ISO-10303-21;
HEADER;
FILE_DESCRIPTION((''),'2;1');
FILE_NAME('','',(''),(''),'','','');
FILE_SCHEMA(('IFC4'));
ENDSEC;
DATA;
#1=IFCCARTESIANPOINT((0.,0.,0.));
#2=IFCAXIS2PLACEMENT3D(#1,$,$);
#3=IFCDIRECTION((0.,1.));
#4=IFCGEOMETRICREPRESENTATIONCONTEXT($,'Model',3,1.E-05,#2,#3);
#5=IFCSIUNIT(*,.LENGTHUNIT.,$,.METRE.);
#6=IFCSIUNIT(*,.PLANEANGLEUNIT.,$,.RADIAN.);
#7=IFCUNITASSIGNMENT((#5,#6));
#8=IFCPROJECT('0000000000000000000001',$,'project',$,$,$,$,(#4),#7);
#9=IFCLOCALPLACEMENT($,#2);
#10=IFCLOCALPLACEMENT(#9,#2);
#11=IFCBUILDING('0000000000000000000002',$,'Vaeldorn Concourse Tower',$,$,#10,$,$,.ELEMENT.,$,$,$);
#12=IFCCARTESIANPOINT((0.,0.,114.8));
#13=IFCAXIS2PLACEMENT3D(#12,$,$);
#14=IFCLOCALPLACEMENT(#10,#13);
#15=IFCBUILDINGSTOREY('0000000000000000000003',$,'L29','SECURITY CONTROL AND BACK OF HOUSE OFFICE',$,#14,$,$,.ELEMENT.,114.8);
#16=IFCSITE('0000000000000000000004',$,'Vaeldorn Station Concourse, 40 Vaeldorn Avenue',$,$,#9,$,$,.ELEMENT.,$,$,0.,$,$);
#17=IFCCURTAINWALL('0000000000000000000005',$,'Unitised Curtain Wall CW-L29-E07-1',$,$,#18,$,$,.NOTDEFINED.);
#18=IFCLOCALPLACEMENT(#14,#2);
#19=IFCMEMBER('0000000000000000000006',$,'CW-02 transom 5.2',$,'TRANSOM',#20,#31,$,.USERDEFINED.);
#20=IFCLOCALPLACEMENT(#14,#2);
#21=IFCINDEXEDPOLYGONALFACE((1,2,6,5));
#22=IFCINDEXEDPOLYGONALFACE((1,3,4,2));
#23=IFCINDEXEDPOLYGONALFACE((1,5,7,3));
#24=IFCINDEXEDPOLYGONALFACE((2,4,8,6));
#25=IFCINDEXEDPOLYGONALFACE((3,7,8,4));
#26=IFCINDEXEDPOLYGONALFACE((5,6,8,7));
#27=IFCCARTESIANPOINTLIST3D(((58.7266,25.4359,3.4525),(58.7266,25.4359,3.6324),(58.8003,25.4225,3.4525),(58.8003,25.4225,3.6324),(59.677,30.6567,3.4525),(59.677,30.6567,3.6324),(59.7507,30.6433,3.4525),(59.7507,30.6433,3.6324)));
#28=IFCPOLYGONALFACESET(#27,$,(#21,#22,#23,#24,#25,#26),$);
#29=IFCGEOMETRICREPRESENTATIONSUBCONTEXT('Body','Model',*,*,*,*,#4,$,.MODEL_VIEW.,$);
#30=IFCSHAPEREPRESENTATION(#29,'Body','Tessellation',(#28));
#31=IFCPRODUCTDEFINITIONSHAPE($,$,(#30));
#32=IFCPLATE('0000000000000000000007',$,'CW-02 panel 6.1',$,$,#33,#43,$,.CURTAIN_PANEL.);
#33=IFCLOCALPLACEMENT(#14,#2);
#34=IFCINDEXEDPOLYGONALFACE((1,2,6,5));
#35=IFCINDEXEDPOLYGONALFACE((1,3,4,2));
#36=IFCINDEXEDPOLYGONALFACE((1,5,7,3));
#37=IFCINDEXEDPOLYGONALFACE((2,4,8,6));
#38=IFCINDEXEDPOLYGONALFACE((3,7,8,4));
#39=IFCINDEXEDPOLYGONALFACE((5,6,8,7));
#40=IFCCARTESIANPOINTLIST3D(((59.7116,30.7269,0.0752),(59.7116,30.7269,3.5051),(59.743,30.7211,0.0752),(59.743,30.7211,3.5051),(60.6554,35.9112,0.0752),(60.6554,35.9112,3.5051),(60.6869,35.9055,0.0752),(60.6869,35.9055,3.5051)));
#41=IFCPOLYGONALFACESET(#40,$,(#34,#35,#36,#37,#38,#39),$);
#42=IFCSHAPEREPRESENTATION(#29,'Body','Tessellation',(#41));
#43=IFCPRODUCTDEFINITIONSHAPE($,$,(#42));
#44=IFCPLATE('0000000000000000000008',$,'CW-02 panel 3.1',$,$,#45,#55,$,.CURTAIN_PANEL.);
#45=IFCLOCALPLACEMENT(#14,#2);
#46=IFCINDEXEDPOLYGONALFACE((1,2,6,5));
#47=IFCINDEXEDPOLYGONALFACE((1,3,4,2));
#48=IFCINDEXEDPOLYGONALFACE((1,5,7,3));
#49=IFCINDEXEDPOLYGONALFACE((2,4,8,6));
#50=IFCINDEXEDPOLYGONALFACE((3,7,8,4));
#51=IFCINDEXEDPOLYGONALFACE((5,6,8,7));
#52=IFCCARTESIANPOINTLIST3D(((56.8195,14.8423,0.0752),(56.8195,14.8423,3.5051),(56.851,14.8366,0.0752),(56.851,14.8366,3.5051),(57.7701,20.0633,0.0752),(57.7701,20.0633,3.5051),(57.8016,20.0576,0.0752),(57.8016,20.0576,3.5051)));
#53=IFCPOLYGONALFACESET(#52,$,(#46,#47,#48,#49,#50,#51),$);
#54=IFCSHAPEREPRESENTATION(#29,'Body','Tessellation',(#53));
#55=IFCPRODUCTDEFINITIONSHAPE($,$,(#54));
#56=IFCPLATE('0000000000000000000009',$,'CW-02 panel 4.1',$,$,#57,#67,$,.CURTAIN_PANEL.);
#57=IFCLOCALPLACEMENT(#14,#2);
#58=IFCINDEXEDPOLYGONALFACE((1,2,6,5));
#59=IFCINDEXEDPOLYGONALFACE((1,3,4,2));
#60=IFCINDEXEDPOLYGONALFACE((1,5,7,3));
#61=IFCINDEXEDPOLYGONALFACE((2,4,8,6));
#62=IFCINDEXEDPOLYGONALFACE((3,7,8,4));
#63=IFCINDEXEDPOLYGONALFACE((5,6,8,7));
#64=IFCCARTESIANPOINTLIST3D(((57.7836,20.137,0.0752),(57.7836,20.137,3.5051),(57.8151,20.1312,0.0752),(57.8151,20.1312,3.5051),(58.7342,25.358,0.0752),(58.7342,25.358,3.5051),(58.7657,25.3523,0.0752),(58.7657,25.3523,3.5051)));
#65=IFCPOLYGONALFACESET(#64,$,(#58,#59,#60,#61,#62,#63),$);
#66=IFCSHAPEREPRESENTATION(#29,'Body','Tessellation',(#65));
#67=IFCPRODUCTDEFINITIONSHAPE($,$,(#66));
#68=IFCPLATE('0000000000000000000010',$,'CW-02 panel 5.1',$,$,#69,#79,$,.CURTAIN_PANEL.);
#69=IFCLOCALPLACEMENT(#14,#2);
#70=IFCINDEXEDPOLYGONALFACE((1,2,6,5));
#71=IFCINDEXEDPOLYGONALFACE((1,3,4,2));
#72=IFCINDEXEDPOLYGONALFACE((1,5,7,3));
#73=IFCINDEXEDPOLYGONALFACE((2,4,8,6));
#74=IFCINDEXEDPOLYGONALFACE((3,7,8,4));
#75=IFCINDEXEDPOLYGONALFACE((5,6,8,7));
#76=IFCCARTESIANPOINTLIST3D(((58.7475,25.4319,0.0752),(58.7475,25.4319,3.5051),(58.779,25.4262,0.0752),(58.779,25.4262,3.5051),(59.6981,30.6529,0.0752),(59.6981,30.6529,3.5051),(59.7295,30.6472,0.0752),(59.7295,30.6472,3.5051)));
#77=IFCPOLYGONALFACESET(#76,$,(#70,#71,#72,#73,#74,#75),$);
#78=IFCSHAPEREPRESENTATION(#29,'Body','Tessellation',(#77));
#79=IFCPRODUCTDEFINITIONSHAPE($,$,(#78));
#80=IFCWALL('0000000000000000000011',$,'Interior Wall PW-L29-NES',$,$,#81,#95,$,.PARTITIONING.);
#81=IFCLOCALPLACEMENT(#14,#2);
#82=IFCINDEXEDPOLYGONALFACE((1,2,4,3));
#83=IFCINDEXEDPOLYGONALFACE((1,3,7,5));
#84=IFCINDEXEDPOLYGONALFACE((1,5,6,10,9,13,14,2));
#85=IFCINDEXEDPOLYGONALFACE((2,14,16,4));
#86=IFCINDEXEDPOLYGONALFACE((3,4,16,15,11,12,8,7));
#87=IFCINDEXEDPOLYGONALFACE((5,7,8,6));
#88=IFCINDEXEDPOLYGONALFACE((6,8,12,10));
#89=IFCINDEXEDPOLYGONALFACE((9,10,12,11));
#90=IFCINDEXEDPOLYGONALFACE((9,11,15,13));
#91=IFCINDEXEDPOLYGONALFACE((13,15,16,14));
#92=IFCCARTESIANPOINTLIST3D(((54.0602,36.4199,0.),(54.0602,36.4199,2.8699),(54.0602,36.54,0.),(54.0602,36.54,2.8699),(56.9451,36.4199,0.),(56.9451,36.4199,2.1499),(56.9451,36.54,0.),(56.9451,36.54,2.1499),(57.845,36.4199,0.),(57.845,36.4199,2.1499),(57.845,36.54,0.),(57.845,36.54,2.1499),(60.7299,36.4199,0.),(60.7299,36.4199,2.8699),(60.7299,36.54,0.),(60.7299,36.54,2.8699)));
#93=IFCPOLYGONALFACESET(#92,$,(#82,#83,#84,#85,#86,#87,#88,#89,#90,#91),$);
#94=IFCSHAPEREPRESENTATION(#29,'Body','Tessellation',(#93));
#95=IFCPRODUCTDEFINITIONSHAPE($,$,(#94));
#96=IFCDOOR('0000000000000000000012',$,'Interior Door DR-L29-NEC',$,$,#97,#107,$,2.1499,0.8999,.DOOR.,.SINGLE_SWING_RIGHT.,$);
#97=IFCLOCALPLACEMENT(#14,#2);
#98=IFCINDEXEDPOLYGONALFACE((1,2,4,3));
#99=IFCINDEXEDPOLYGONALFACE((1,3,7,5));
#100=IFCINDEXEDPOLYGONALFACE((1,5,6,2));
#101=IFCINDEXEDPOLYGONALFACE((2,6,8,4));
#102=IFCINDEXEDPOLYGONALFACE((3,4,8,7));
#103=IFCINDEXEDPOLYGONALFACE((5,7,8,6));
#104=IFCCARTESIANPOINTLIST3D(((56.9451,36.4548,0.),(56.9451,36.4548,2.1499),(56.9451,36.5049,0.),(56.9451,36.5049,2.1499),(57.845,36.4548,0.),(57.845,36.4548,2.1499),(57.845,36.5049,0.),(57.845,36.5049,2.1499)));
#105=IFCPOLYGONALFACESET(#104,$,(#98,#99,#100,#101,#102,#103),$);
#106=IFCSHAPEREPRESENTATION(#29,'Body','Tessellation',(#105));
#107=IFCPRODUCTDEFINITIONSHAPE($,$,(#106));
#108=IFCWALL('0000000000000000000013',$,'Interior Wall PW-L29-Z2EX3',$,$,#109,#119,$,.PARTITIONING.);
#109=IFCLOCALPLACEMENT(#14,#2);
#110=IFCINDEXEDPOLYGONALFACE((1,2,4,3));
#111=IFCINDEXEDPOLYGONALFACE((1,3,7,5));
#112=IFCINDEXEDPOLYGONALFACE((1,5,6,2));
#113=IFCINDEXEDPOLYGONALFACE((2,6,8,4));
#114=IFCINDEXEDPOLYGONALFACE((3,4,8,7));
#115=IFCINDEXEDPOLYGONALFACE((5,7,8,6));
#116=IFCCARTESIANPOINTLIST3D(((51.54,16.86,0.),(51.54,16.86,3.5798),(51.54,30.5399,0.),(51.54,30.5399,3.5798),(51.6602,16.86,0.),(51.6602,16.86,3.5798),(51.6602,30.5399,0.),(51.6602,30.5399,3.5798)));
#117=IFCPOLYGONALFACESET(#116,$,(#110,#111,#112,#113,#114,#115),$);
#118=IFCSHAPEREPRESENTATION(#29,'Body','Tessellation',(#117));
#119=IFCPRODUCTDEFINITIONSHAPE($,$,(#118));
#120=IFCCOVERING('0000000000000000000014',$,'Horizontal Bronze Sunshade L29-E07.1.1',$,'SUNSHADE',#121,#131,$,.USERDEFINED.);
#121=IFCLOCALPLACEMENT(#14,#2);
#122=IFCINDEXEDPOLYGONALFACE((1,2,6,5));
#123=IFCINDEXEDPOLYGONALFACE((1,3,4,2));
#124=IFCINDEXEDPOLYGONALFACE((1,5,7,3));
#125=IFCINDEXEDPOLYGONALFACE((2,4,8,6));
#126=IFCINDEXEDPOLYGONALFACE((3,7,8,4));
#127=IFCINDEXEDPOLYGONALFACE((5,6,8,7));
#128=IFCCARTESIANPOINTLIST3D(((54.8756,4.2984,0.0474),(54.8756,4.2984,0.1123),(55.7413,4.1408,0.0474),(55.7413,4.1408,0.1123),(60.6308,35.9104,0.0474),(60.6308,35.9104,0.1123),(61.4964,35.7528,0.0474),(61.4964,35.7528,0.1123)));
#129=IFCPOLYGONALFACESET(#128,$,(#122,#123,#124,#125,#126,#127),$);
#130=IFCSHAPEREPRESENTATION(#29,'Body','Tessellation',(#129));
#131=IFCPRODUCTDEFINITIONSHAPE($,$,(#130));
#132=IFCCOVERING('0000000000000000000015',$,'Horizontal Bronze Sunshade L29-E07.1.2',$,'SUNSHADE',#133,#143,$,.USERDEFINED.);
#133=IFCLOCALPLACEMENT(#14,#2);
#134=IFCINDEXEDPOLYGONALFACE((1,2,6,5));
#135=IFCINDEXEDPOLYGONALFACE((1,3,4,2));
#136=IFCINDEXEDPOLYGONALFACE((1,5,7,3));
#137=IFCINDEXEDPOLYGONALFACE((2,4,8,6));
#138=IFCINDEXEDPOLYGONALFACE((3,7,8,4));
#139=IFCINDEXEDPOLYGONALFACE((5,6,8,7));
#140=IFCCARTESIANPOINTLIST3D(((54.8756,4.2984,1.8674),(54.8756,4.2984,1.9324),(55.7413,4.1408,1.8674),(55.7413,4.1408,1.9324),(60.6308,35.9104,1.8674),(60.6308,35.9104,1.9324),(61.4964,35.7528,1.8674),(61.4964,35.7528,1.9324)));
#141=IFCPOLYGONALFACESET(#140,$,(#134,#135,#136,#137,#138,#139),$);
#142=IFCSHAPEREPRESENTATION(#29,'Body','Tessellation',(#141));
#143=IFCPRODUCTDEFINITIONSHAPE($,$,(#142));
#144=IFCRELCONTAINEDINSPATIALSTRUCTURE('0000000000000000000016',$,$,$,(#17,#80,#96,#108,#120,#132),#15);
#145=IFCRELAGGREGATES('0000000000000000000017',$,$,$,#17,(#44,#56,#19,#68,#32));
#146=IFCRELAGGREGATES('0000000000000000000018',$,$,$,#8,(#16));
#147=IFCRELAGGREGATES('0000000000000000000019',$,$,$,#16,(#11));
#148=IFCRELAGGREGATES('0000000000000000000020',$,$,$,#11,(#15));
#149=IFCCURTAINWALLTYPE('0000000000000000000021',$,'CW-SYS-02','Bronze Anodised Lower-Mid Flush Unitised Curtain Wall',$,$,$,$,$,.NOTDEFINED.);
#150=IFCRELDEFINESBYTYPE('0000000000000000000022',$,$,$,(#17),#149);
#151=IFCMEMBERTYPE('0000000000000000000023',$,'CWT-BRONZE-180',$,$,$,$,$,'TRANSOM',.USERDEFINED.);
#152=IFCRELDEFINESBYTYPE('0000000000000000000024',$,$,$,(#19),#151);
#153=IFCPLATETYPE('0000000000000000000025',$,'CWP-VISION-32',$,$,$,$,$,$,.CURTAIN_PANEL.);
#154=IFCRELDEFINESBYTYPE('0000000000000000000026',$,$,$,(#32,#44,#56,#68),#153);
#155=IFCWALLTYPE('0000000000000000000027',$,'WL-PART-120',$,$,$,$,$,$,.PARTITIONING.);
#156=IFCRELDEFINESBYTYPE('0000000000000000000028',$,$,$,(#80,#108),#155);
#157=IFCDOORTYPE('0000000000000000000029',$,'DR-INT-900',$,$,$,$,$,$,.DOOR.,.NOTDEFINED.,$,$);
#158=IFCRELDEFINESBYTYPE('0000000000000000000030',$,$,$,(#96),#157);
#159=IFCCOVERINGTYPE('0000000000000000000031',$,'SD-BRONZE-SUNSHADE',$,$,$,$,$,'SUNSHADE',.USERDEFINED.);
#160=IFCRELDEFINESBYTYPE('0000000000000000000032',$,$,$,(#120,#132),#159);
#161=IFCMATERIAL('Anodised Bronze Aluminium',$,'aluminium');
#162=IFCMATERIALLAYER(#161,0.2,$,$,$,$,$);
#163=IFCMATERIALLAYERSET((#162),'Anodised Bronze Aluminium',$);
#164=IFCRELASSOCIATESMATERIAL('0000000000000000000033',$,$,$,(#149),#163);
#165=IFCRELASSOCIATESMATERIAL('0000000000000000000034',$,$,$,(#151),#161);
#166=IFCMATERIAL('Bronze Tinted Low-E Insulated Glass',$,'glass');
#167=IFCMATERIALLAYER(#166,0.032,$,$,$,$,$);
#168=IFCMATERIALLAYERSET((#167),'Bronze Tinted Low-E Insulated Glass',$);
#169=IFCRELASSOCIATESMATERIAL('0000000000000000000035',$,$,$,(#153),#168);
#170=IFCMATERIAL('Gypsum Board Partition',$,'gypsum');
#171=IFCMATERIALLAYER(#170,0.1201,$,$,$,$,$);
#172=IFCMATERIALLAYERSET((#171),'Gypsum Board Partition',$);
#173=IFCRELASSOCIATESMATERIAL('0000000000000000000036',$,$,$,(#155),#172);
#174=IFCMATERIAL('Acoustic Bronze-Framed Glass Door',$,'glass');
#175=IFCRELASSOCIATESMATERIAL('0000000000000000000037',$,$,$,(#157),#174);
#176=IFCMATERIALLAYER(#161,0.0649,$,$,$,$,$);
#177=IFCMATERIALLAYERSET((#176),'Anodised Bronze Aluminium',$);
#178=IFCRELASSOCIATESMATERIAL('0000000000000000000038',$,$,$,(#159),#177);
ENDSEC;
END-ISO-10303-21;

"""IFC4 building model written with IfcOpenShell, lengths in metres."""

from ifc_helpers import new_model, si_unit, direction, frame, frame_2d, origin, origin_2d, place, context, subcontext, project, spatial, rectangle, extrude, source, transform, mapped, material, layer, layer_set, material_profile, profile_set, type_object, element, fill, aggregate, save


model = new_model("IFC4")

# Units and contexts
model_context = context("Model", 3, precision=1e-05, world=origin(), true_north=direction((0.0, 1.0)))
body_context = subcontext(model_context, "Body", "Model", "MODEL_VIEW")
ifc_project = project(units=[si_unit("LENGTHUNIT", "METRE"), si_unit("PLANEANGLEUNIT", "RADIAN")], contexts=[model_context])

# Site, building, storey
site_placement = place(None, origin())
site = spatial("IfcSite", under=ifc_project, at=site_placement, Name="Vaeldorn Station Concourse, 40 Vaeldorn Avenue", CompositionType="ELEMENT", RefElevation=0.0)
building_placement = place(site_placement, origin())
building = spatial("IfcBuilding", under=site, at=building_placement, Name="Vaeldorn Concourse Tower", CompositionType="ELEMENT")
storey_placement = place(building_placement, frame((0.0, 0.0, 114.8)))
storey = spatial("IfcBuildingStorey", under=building, at=storey_placement, Name="L29", Description="SECURITY CONTROL AND BACK OF HOUSE OFFICE", CompositionType="ELEMENT", Elevation=114.8)

# Curtain wall, member, plates
ifc_material_1 = material(Name="Anodised Bronze Aluminium", Category="aluminium")
ifc_layer_1 = layer(ifc_material_1, 0.2)
ifc_layer_set_1 = layer_set([ifc_layer_1], Name="Anodised Bronze Aluminium")
curtain_wall_type = type_object("IfcCurtainWallType", Name="CW-SYS-02", Description="Bronze Anodised Lower-Mid Flush Unitised Curtain Wall", PredefinedType="NOTDEFINED", material=ifc_layer_set_1)
curtain_wall_placement = place(storey_placement, origin())
curtain_wall = element("IfcCurtainWall", 1, at=curtain_wall_placement, inside=storey, type_object=curtain_wall_type, Name="Unitised Curtain Wall CW-L29-E07-1", PredefinedType="NOTDEFINED")
ifc_material_profile_1 = material_profile(ifc_material_1, rectangle(XDim=0.075, YDim=0.1799, at=origin_2d()), Name="CWT 75x180")
ifc_profile_set_1 = profile_set([ifc_material_profile_1], Name="Anodised Bronze Aluminium")
member_type_1 = type_object("IfcMemberType", Name="CWT-BRONZE-180", ElementType="TRANSOM", PredefinedType="USERDEFINED", material=ifc_profile_set_1)
shared_shape_1 = source(origin(), body_context, "Body", "SweptSolid", [
    extrude(rectangle(XDim=0.075, YDim=0.1799, at=origin_2d()), origin(), (0.0, 0.0, 1.0), 5.3066),
])
member_1_placement = place(storey_placement, frame((58.7634, 25.4292, 3.5425), z_axis=(0.1791, 0.983831, 0.0), x_axis=(-0.983831, 0.1791, 0.0)))
member_1 = element("IfcMember", 2, at=member_1_placement, type_object=member_type_1, Name="CW-02 transom 5.2", ObjectType="TRANSOM", PredefinedType="USERDEFINED", context=body_context, shape_type="MappedRepresentation", body=[
    mapped(shared_shape_1, transform((0.0, 0.0, 0.0), scale=1.0)),
])
ifc_material_2 = material(Name="Bronze Tinted Low-E Insulated Glass", Category="glass")
ifc_layer_2 = layer(ifc_material_2, 0.032)
ifc_layer_set_2 = layer_set([ifc_layer_2], Name="Bronze Tinted Low-E Insulated Glass")
plate_type = type_object("IfcPlateType", Name="CWP-VISION-32", PredefinedType="CURTAIN_PANEL", material=ifc_layer_set_2)
shared_shape_2 = source(origin(), body_context, "Body", "SweptSolid", [
    extrude(rectangle(XDim=5.2695, YDim=0.032, at=origin_2d()), origin(), (0.0, 0.0, 1.0), 3.4299),
])
plate_1_placement = place(storey_placement, frame((60.1992, 33.3162, 0.0752), z_axis=(0.0, 0.0, 1.0), x_axis=(0.179118, 0.983828, 0.0)))
plate_1 = element("IfcPlate", 3, at=plate_1_placement, type_object=plate_type, Name="CW-02 panel 6.1", PredefinedType="CURTAIN_PANEL", context=body_context, shape_type="MappedRepresentation", body=[
    mapped(shared_shape_2, transform((0.0, 0.0, 0.0), scale=1.0)),
])
shared_shape_3 = source(origin(), body_context, "Body", "SweptSolid", [
    extrude(rectangle(XDim=5.3069, YDim=0.032, at=origin_2d()), origin(), (0.0, 0.0, 1.0), 3.4299),
])
plate_2_placement = place(storey_placement, frame((57.3105, 17.45, 0.0752), z_axis=(0.0, 0.0, 1.0), x_axis=(0.179118, 0.983828, 0.0)))
plate_2 = element("IfcPlate", 4, at=plate_2_placement, type_object=plate_type, Name="CW-02 panel 3.1", PredefinedType="CURTAIN_PANEL", context=body_context, shape_type="MappedRepresentation", body=[
    mapped(shared_shape_3, transform((0.0, 0.0, 0.0), scale=1.0)),
])
plate_3_placement = place(storey_placement, frame((58.2747, 22.7446, 0.0752), z_axis=(0.0, 0.0, 1.0), x_axis=(0.179118, 0.983828, 0.0)))
plate_3 = element("IfcPlate", 5, at=plate_3_placement, type_object=plate_type, Name="CW-02 panel 4.1", PredefinedType="CURTAIN_PANEL", context=body_context, shape_type="MappedRepresentation", body=[
    mapped(shared_shape_3, transform((0.0, 0.0, 0.0), scale=1.0)),
])
plate_4_placement = place(storey_placement, frame((59.2385, 28.0396, 0.0752), z_axis=(0.0, 0.0, 1.0), x_axis=(0.179118, 0.983828, 0.0)))
plate_4 = element("IfcPlate", 6, at=plate_4_placement, type_object=plate_type, Name="CW-02 panel 5.1", PredefinedType="CURTAIN_PANEL", context=body_context, shape_type="MappedRepresentation", body=[
    mapped(shared_shape_3, transform((0.0, 0.0, 0.0), scale=1.0)),
])
aggregate(curtain_wall, [plate_2, plate_3, member_1, plate_4, plate_1])

# Wall, opening, door
ifc_material_3 = material(Name="Gypsum Board Partition", Category="gypsum")
ifc_layer_3 = layer(ifc_material_3, 0.1201)
ifc_layer_set_3 = layer_set([ifc_layer_3], Name="Gypsum Board Partition")
wall_type = type_object("IfcWallType", Name="WL-PART-120", PredefinedType="PARTITIONING", material=ifc_layer_set_3)
wall_1_placement = place(storey_placement, frame((54.0601, 36.48, 0.0), z_axis=(0.0, 0.0, 1.0), x_axis=(1.0, 0.0, 0.0)))
wall_1 = element("IfcWall", 7, at=wall_1_placement, inside=storey, type_object=wall_type, Name="Interior Wall PW-L29-NES", PredefinedType="PARTITIONING", context=body_context, shape_type="SweptSolid", body=[
    extrude(rectangle(XDim=6.6697, YDim=0.1201, at=frame_2d((3.335, 0.0))), origin(), (0.0, 0.0, 1.0), 2.8699),
])
opening_placement = place(wall_1_placement, frame((2.885, 0.0, 0.0)))
opening = element("IfcOpeningElement", 8, at=opening_placement, cuts=wall_1, PredefinedType="OPENING", context=body_context, shape_type="SweptSolid", body=[
    extrude(rectangle(XDim=0.8999, YDim=2.1499, at=frame_2d((0.45, 1.075))), frame((0.0, 0.0701, 0.0), z_axis=(0.0, -1.0, 0.0), x_axis=(1.0, 0.0, 0.0)), (0.0, 0.0, 1.0), 0.1401),
])
ifc_material_4 = material(Name="Acoustic Bronze-Framed Glass Door", Category="glass")
door_type = type_object("IfcDoorType", Name="DR-INT-900", OperationType="NOTDEFINED", PredefinedType="DOOR", material=ifc_material_4)
shared_shape_4 = source(origin(), body_context, "Body", "SweptSolid", [
    extrude(rectangle(XDim=0.8999, YDim=2.1499, at=frame_2d((0.45, 1.075))), frame((0.0, 0.0249, 0.0), z_axis=(0.0, -1.0, 0.0), x_axis=(1.0, 0.0, 0.0)), (0.0, 0.0, 1.0), 0.05),
])
door_placement = place(opening_placement, origin())
door = element("IfcDoor", 9, at=door_placement, inside=storey, type_object=door_type, Name="Interior Door DR-L29-NEC", OperationType="SINGLE_SWING_RIGHT", OverallHeight=2.1499, OverallWidth=0.8999, PredefinedType="DOOR", context=body_context, shape_type="MappedRepresentation", body=[
    mapped(shared_shape_4, transform((0.0, 0.0, 0.0), scale=1.0)),
])
fill(opening, door)

# Wall
wall_2_placement = place(storey_placement, frame((51.6001, 16.8601, 0.0), z_axis=(0.0, 0.0, 1.0), x_axis=(0.0, 1.0, 0.0)))
element("IfcWall", 10, at=wall_2_placement, inside=storey, type_object=wall_type, Name="Interior Wall PW-L29-Z2EX3", PredefinedType="PARTITIONING", context=body_context, shape_type="SweptSolid", body=[
    extrude(rectangle(XDim=13.6799, YDim=0.1201, at=frame_2d((6.8398, 0.0))), origin(), (0.0, 0.0, 1.0), 3.5798),
])

# Coverings
ifc_layer_4 = layer(ifc_material_1, 0.0649)
ifc_layer_set_4 = layer_set([ifc_layer_4], Name="Anodised Bronze Aluminium")
covering_type = type_object("IfcCoveringType", Name="SD-BRONZE-SUNSHADE", ElementType="SUNSHADE", PredefinedType="USERDEFINED", material=ifc_layer_set_4)
shared_shape_5 = source(origin(), body_context, "Body", "SweptSolid", [
    extrude(rectangle(XDim=32.1316, YDim=0.8799, at=origin_2d()), origin(), (0.0, 0.0, 1.0), 0.0649),
])
for number, where, z_axis, x_axis, name in (
    (11, (58.186, 20.0256, 0.0474), (0.0, 0.0, 1.0), (0.179111, 0.983829, 0.0), "Horizontal Bronze Sunshade L29-E07.1.1"),
    (12, (58.186, 20.0256, 1.8674), (0.0, 0.0, 1.0), (0.179111, 0.983829, 0.0), "Horizontal Bronze Sunshade L29-E07.1.2"),
):
    element("IfcCovering", number, at=place(storey_placement, frame(where, z_axis=z_axis, x_axis=x_axis)), inside=storey, type_object=covering_type, Name=name, ObjectType="SUNSHADE", PredefinedType="USERDEFINED", context=body_context, shape_type="MappedRepresentation", body=[
        mapped(shared_shape_5, transform((0.0, 0.0, 0.0), scale=1.0)),
    ])

save(model, "model.ifc")
